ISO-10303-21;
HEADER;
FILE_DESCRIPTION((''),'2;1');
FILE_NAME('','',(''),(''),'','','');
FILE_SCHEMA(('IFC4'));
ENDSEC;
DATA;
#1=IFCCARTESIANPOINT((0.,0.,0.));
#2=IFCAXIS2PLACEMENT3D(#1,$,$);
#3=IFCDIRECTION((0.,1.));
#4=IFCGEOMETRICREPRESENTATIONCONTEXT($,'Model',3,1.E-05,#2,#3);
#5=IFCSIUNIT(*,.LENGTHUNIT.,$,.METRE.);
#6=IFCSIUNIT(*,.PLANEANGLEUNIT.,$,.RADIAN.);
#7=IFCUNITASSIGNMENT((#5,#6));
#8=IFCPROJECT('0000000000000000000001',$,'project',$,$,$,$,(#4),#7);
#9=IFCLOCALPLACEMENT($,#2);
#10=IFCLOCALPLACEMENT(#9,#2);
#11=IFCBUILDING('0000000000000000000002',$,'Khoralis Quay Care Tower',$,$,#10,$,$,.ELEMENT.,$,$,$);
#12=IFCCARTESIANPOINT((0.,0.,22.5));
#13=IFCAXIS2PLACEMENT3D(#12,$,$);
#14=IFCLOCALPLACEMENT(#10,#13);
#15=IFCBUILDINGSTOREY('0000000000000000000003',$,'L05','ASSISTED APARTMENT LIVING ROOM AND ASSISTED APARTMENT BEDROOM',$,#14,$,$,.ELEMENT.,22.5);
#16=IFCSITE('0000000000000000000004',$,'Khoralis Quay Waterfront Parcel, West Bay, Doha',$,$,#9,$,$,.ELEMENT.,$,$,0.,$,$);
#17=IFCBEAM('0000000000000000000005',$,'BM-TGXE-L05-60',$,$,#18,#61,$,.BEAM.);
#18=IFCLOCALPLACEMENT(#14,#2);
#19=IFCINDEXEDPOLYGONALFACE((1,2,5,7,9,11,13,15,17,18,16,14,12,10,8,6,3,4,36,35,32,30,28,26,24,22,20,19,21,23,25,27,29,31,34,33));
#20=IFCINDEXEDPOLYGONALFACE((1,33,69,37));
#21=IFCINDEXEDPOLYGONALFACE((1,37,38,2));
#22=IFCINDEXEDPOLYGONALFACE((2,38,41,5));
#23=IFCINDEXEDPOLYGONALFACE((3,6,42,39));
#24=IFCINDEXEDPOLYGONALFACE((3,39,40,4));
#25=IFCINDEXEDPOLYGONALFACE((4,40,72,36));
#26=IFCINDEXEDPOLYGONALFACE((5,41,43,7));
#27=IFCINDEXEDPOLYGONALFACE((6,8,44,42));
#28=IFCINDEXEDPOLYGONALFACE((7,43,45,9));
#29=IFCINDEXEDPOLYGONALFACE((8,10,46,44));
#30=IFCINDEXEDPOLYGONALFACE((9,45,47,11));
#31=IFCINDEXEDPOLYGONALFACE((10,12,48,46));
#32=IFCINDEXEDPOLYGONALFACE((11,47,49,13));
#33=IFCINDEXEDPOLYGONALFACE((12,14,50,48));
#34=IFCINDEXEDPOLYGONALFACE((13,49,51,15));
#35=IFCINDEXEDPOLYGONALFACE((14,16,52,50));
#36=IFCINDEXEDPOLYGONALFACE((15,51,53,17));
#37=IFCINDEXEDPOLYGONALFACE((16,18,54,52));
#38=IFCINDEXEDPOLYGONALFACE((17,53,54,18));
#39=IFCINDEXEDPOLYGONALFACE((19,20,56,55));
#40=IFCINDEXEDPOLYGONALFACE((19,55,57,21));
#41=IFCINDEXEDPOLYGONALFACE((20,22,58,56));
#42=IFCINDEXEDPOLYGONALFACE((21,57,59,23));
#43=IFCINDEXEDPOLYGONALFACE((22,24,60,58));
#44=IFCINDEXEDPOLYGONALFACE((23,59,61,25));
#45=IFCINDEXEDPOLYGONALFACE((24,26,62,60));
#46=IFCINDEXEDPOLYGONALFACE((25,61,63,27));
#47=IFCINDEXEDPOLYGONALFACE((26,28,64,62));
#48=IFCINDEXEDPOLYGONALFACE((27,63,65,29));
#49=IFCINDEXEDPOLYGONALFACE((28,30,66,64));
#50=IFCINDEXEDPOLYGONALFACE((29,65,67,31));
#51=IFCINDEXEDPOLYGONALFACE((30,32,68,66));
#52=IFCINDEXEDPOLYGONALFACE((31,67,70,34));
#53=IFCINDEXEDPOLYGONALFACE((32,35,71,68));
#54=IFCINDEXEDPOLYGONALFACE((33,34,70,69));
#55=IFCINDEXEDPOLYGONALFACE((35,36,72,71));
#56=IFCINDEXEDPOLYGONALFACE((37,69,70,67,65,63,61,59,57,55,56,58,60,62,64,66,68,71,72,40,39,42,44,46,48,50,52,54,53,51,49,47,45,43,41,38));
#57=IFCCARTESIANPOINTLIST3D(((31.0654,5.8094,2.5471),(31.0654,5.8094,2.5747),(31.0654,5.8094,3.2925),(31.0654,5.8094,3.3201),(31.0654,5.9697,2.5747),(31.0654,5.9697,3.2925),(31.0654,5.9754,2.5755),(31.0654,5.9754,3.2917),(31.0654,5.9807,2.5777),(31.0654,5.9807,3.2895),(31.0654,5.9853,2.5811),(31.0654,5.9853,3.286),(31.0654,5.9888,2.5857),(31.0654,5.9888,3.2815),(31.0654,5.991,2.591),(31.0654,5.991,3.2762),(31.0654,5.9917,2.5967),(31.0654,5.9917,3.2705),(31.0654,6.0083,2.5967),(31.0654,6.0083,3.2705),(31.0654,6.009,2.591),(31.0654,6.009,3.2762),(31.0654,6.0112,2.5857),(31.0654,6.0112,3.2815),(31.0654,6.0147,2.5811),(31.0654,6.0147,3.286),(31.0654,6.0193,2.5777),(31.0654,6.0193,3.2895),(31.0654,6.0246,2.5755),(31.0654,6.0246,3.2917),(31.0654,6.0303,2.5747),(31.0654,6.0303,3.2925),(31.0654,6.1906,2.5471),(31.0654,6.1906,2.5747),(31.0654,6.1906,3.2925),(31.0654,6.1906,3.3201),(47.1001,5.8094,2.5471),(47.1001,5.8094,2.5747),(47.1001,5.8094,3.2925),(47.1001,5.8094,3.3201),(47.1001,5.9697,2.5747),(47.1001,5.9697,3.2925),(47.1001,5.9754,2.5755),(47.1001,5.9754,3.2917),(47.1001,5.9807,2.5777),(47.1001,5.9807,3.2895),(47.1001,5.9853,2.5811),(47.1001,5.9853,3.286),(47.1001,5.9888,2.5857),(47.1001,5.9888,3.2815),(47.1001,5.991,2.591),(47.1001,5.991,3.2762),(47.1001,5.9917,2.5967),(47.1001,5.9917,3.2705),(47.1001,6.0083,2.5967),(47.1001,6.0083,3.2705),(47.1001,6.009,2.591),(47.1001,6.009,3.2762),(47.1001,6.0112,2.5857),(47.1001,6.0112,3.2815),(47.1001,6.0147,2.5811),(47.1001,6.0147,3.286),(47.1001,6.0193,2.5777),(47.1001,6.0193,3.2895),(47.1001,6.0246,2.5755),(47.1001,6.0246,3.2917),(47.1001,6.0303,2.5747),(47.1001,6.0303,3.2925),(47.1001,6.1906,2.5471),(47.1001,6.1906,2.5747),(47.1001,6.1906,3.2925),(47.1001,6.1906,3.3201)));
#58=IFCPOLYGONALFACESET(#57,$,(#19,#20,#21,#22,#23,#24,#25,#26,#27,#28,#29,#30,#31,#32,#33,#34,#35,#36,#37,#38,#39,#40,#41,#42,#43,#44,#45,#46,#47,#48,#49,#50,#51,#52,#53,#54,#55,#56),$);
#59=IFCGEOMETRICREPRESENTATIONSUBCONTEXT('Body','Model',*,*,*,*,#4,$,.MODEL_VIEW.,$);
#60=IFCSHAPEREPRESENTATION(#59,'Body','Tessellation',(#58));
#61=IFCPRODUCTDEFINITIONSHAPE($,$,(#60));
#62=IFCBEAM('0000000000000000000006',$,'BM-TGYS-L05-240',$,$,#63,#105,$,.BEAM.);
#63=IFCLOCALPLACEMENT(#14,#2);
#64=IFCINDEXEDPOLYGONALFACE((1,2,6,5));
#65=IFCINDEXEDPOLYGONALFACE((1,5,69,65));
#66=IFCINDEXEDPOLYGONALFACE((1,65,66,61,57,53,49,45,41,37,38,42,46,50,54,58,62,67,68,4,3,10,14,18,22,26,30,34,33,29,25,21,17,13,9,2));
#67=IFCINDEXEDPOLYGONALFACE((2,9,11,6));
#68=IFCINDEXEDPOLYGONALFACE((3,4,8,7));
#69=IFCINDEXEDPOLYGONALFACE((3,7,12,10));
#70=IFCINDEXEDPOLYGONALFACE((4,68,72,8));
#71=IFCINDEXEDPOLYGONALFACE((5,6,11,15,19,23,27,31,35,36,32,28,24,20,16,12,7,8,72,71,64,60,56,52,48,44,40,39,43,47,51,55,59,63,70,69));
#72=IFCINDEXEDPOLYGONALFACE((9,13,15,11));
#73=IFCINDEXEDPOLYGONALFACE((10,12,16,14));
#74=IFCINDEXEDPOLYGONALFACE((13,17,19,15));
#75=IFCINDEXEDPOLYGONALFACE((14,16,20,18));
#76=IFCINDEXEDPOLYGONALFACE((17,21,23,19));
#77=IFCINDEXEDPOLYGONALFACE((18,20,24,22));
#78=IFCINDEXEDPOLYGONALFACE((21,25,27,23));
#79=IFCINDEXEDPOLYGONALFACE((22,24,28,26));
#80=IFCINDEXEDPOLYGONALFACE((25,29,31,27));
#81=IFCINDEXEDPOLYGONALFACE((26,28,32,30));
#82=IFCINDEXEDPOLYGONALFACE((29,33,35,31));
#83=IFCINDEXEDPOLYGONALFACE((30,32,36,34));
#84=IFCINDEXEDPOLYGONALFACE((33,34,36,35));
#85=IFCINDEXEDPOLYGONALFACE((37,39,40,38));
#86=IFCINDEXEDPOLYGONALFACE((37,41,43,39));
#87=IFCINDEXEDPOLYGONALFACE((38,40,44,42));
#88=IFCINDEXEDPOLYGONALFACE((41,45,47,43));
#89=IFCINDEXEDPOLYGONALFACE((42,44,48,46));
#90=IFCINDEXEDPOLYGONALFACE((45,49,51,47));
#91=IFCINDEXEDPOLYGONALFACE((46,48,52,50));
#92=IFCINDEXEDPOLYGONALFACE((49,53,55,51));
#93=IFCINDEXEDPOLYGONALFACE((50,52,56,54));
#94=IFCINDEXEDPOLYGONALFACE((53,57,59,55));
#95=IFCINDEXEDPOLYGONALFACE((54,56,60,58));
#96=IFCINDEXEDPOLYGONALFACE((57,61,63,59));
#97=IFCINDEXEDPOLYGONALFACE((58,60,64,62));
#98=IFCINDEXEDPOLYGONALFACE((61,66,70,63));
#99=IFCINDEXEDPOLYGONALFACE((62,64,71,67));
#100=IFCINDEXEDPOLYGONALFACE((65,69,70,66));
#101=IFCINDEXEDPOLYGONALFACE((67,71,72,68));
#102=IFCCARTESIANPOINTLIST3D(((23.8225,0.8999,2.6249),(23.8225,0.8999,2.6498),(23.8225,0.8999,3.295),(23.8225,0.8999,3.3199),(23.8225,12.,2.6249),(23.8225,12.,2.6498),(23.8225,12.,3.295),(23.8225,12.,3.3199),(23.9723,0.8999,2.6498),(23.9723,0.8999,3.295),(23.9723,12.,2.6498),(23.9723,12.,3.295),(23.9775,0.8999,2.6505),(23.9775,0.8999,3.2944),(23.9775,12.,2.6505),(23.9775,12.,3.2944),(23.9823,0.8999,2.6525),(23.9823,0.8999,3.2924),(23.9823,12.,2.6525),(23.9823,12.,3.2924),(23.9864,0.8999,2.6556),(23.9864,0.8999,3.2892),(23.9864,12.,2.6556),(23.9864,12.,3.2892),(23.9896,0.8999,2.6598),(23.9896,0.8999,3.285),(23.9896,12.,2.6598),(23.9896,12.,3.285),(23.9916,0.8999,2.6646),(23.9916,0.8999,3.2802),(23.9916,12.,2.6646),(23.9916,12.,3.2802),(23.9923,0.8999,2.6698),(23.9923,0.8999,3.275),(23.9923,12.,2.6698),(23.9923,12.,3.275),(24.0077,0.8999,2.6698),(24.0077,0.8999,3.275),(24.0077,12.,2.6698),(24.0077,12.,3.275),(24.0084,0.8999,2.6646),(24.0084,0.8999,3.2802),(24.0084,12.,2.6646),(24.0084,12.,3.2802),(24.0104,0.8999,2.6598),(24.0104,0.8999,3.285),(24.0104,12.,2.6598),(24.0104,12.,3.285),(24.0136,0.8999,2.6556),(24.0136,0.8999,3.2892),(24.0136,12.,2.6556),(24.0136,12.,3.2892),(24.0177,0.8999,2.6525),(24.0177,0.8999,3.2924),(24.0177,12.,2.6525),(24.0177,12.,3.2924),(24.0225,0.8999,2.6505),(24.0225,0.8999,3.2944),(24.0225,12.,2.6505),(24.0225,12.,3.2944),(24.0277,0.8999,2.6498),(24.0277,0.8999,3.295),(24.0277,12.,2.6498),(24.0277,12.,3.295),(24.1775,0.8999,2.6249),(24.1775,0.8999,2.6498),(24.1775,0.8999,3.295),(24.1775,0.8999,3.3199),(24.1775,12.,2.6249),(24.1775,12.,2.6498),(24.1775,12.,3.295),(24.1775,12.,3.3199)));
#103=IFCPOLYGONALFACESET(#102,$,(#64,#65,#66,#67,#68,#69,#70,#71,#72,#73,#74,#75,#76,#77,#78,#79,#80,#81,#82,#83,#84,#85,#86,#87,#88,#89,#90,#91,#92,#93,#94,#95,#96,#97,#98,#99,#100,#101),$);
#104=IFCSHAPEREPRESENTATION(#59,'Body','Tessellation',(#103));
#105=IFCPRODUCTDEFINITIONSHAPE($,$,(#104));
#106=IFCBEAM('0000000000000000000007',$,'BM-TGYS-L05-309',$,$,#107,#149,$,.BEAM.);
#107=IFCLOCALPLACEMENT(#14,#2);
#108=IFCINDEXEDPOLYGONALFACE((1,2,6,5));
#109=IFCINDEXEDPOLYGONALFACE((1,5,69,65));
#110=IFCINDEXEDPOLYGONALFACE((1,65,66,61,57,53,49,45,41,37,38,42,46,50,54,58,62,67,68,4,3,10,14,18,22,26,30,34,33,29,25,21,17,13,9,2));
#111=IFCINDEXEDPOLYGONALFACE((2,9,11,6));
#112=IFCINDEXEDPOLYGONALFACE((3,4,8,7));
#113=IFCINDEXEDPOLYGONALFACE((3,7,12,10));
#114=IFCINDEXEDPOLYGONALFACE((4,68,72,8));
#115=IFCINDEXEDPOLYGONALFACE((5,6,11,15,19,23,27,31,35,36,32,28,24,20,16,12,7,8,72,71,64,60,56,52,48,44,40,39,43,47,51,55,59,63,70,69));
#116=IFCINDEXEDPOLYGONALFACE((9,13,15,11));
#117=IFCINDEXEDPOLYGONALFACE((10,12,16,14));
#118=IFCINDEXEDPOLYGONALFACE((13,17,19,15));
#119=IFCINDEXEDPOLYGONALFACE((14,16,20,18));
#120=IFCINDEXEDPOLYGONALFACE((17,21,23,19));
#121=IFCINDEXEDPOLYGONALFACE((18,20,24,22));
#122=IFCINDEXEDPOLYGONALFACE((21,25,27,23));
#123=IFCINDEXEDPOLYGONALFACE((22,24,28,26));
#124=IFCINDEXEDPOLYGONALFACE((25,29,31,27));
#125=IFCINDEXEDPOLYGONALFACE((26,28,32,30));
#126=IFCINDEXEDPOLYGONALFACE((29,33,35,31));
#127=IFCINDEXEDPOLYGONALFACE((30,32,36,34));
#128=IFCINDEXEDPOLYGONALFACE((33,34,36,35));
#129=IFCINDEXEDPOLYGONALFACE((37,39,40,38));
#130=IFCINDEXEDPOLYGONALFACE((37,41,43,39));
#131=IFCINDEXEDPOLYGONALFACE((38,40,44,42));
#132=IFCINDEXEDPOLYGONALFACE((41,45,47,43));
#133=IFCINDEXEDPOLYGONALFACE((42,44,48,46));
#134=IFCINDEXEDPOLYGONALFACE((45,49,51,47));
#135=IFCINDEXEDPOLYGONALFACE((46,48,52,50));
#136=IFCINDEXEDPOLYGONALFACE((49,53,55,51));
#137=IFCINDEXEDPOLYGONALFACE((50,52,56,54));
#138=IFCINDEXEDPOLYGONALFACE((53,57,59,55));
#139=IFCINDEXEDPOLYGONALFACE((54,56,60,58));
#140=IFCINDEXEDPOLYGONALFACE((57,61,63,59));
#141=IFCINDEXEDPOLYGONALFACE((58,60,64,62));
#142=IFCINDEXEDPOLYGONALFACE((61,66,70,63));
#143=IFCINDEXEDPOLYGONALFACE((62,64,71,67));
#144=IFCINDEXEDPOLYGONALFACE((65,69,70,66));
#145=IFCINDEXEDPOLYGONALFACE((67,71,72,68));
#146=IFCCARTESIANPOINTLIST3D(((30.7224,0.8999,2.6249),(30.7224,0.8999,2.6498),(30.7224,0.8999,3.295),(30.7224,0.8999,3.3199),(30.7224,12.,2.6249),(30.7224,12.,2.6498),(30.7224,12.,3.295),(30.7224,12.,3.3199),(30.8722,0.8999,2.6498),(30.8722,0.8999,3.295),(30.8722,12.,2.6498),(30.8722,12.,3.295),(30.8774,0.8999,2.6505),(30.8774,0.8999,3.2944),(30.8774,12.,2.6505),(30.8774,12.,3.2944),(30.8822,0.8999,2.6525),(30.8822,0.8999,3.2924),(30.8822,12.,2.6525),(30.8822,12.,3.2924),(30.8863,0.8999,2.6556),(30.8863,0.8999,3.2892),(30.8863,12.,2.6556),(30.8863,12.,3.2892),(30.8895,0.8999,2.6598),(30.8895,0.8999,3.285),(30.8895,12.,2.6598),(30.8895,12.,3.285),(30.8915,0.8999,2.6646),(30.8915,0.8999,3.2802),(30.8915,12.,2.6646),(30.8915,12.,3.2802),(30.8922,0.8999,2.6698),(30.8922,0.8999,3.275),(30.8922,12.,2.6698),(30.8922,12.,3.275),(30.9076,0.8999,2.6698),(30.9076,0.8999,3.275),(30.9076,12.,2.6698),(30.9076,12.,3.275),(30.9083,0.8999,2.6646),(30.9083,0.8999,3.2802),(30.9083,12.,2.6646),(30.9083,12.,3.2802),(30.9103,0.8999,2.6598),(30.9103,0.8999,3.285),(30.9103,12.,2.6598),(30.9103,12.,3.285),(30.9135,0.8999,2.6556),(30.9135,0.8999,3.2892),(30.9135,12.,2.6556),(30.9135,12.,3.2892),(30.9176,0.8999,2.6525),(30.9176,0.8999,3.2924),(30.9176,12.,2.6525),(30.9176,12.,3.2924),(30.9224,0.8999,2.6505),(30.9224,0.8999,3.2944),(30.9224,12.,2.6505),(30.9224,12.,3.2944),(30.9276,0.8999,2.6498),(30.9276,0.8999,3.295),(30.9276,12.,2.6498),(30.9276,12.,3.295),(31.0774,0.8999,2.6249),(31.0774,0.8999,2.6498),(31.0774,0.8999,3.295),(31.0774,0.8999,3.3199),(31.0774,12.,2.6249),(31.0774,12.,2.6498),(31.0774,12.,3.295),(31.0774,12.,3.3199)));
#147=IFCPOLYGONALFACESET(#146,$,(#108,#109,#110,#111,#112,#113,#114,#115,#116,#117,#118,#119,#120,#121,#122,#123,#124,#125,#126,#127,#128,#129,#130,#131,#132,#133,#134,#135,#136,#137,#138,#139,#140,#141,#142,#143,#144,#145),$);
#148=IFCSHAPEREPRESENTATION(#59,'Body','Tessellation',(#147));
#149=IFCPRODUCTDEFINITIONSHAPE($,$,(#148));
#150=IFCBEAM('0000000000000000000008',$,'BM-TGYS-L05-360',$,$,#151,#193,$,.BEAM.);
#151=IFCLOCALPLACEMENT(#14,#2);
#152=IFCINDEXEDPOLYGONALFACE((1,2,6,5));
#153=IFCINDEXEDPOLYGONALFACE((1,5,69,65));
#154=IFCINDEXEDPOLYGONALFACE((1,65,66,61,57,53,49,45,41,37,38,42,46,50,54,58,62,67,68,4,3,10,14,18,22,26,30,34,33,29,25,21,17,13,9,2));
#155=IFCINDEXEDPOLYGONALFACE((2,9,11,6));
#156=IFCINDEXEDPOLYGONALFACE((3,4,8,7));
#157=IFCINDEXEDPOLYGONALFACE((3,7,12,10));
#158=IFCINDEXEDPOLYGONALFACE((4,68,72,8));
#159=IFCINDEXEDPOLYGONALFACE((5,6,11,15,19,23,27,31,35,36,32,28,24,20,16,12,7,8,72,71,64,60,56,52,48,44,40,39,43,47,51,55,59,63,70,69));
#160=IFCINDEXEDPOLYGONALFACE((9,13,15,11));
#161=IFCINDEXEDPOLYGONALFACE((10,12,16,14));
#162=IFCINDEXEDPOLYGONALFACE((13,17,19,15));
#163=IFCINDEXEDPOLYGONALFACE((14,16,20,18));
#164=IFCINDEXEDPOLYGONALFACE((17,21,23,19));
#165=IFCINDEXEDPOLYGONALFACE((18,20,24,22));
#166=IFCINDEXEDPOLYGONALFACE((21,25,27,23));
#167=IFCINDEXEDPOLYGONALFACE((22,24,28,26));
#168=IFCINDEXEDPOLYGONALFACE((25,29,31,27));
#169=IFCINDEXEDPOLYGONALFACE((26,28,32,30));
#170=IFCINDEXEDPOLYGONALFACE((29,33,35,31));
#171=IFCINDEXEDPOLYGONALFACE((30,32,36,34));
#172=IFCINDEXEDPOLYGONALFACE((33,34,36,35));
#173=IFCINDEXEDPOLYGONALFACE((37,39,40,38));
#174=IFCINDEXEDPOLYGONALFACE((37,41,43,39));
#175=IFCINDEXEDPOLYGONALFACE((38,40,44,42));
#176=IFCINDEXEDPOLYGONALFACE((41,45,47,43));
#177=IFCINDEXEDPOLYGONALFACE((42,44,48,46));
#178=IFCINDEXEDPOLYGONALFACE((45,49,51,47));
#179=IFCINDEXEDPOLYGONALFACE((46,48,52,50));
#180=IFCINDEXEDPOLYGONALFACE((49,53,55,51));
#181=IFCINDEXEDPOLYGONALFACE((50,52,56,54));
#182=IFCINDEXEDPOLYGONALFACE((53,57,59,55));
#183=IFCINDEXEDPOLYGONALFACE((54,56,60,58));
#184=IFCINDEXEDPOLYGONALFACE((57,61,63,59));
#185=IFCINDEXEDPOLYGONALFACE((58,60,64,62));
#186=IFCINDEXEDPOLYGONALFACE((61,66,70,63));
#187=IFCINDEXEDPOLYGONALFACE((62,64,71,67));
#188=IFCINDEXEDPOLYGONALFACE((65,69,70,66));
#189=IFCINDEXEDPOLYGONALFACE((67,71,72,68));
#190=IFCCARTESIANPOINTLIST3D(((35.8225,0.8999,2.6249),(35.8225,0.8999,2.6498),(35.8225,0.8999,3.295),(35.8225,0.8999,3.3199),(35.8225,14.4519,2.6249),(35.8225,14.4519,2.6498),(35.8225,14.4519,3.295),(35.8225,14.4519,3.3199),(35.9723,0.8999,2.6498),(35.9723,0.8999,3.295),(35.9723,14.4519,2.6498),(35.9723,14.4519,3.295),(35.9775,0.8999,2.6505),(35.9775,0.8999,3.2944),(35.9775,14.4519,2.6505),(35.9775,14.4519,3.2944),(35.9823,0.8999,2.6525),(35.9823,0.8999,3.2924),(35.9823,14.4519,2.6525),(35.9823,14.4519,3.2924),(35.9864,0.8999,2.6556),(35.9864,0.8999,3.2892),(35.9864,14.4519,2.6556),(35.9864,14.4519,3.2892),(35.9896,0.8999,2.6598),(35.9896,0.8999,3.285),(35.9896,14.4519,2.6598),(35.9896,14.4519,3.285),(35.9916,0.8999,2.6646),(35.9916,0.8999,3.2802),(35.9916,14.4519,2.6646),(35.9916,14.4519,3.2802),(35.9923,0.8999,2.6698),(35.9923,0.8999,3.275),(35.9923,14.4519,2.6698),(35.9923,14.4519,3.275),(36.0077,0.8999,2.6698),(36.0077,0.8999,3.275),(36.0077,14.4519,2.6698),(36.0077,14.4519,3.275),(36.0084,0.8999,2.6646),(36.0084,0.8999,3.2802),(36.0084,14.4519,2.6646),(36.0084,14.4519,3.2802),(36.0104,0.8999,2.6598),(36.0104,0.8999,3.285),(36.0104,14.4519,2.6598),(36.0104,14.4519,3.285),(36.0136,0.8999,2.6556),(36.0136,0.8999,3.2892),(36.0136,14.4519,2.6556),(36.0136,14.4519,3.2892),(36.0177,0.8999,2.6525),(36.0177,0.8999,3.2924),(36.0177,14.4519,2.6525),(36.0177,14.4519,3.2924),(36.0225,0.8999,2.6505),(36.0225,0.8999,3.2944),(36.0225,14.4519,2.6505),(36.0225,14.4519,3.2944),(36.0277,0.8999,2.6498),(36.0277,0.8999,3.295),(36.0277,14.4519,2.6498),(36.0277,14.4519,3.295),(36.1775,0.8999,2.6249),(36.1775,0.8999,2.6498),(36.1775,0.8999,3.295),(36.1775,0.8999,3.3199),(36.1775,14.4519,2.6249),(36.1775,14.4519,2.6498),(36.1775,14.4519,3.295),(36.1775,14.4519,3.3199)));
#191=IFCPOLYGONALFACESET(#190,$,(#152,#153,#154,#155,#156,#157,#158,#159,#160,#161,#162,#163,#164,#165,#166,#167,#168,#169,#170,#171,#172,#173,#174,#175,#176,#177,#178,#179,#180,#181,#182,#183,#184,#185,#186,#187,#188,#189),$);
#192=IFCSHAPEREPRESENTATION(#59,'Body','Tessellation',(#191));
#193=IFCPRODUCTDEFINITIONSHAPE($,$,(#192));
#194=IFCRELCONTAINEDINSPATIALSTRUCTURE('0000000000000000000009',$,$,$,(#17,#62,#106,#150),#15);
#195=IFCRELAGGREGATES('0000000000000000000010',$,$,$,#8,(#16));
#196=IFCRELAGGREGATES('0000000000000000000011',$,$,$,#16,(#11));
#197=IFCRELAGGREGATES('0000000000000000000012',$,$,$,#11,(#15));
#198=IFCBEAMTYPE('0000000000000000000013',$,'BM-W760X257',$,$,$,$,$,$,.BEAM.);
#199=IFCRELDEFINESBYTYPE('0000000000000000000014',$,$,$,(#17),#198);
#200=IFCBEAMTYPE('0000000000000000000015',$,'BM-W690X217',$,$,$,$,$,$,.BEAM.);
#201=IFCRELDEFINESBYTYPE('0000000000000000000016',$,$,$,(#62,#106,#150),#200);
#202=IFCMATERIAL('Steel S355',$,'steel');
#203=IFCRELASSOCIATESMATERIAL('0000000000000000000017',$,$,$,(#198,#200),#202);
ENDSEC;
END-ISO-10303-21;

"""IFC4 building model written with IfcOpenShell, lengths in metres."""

from ifc_helpers import new_model, si_unit, direction, frame, origin, origin_2d, place, context, subcontext, project, spatial, i_section, extrude, source, transform, mapped, material, material_profile, profile_set, type_object, element, save


model = new_model("IFC4")

# Units and contexts
model_context = context("Model", 3, precision=1e-05, world=origin(), true_north=direction((0.0, 1.0)))
body_context = subcontext(model_context, "Body", "Model", "MODEL_VIEW")
ifc_project = project(units=[si_unit("LENGTHUNIT", "METRE"), si_unit("PLANEANGLEUNIT", "RADIAN")], contexts=[model_context])

# Site, building, storey
site_placement = place(None, origin())
site = spatial("IfcSite", under=ifc_project, at=site_placement, Name="Khoralis Quay Waterfront Parcel, West Bay, Doha", CompositionType="ELEMENT", RefElevation=0.0)
building_placement = place(site_placement, origin())
building = spatial("IfcBuilding", under=site, at=building_placement, Name="Khoralis Quay Care Tower", CompositionType="ELEMENT")
storey_placement = place(building_placement, frame((0.0, 0.0, 22.5)))
storey = spatial("IfcBuildingStorey", under=building, at=storey_placement, Name="L05", Description="ASSISTED APARTMENT LIVING ROOM AND ASSISTED APARTMENT BEDROOM", CompositionType="ELEMENT", Elevation=22.5)

# Beams
ifc_material_1 = material(Name="Steel S355", Category="steel")
ifc_material_profile_1 = material_profile(ifc_material_1, i_section(OverallWidth=0.3811, OverallDepth=0.7729, WebThickness=0.0166, FlangeThickness=0.0276, FilletRadius=0.022, at=origin_2d()), Name="Steel S355")
ifc_profile_set_1 = profile_set([ifc_material_profile_1], Name="Steel S355")
beam_type_1 = type_object("IfcBeamType", Name="BM-W760X257", PredefinedType="BEAM", material=ifc_profile_set_1)
shared_shape_1 = source(origin(), body_context, "Body", "SweptSolid", [
    extrude(i_section(OverallWidth=0.3811, OverallDepth=0.7729, WebThickness=0.0166, FlangeThickness=0.0276, FilletRadius=0.022, at=origin_2d()), origin(), (0.0, 0.0, 1.0), 16.0347),
])
beam_1_placement = place(storey_placement, frame((31.0654, 6.0, 2.9336), z_axis=(1.0, 0.0, 0.0), x_axis=(0.0, 1.0, 0.0)))
element("IfcBeam", 1, at=beam_1_placement, inside=storey, type_object=beam_type_1, Name="BM-TGXE-L05-60", PredefinedType="BEAM", context=body_context, shape_type="MappedRepresentation", body=[
    mapped(shared_shape_1, transform((0.0, 0.0, 0.0), scale=1.0)),
])
ifc_material_profile_2 = material_profile(ifc_material_1, i_section(OverallWidth=0.355, OverallDepth=0.6951, WebThickness=0.0154, FlangeThickness=0.0249, FilletRadius=0.02, at=origin_2d()), Name="Steel S355")
ifc_profile_set_2 = profile_set([ifc_material_profile_2], Name="Steel S355")
beam_type_2 = type_object("IfcBeamType", Name="BM-W690X217", PredefinedType="BEAM", material=ifc_profile_set_2)
shared_shape_2 = source(origin(), body_context, "Body", "SweptSolid", [
    extrude(i_section(OverallWidth=0.355, OverallDepth=0.6951, WebThickness=0.0154, FlangeThickness=0.0249, FilletRadius=0.02, at=origin_2d()), origin(), (0.0, 0.0, 1.0), 11.1001),
])
for number, where, z_axis, x_axis, name in (
    (2, (24.0, 0.8999, 2.9724), (0.0, 1.0, 0.0), (-1.0, 0.0, 0.0), "BM-TGYS-L05-240"),
    (3, (30.8999, 0.8999, 2.9724), (0.0, 1.0, 0.0), (-1.0, 0.0, 0.0), "BM-TGYS-L05-309"),
):
    element("IfcBeam", number, at=place(storey_placement, frame(where, z_axis=z_axis, x_axis=x_axis)), inside=storey, type_object=beam_type_2, Name=name, PredefinedType="BEAM", context=body_context, shape_type="MappedRepresentation", body=[
        mapped(shared_shape_2, transform((0.0, 0.0, 0.0), scale=1.0)),
    ])
shared_shape_3 = source(origin(), body_context, "Body", "SweptSolid", [
    extrude(i_section(OverallWidth=0.355, OverallDepth=0.6951, WebThickness=0.0154, FlangeThickness=0.0249, FilletRadius=0.02, at=origin_2d()), origin(), (0.0, 0.0, 1.0), 13.552),
])
beam_2_placement = place(storey_placement, frame((36.0, 0.8999, 2.9724), z_axis=(0.0, 1.0, 0.0), x_axis=(-1.0, 0.0, 0.0)))
element("IfcBeam", 4, at=beam_2_placement, inside=storey, type_object=beam_type_2, Name="BM-TGYS-L05-360", PredefinedType="BEAM", context=body_context, shape_type="MappedRepresentation", body=[
    mapped(shared_shape_3, transform((0.0, 0.0, 0.0), scale=1.0)),
])

save(model, "model.ifc")
